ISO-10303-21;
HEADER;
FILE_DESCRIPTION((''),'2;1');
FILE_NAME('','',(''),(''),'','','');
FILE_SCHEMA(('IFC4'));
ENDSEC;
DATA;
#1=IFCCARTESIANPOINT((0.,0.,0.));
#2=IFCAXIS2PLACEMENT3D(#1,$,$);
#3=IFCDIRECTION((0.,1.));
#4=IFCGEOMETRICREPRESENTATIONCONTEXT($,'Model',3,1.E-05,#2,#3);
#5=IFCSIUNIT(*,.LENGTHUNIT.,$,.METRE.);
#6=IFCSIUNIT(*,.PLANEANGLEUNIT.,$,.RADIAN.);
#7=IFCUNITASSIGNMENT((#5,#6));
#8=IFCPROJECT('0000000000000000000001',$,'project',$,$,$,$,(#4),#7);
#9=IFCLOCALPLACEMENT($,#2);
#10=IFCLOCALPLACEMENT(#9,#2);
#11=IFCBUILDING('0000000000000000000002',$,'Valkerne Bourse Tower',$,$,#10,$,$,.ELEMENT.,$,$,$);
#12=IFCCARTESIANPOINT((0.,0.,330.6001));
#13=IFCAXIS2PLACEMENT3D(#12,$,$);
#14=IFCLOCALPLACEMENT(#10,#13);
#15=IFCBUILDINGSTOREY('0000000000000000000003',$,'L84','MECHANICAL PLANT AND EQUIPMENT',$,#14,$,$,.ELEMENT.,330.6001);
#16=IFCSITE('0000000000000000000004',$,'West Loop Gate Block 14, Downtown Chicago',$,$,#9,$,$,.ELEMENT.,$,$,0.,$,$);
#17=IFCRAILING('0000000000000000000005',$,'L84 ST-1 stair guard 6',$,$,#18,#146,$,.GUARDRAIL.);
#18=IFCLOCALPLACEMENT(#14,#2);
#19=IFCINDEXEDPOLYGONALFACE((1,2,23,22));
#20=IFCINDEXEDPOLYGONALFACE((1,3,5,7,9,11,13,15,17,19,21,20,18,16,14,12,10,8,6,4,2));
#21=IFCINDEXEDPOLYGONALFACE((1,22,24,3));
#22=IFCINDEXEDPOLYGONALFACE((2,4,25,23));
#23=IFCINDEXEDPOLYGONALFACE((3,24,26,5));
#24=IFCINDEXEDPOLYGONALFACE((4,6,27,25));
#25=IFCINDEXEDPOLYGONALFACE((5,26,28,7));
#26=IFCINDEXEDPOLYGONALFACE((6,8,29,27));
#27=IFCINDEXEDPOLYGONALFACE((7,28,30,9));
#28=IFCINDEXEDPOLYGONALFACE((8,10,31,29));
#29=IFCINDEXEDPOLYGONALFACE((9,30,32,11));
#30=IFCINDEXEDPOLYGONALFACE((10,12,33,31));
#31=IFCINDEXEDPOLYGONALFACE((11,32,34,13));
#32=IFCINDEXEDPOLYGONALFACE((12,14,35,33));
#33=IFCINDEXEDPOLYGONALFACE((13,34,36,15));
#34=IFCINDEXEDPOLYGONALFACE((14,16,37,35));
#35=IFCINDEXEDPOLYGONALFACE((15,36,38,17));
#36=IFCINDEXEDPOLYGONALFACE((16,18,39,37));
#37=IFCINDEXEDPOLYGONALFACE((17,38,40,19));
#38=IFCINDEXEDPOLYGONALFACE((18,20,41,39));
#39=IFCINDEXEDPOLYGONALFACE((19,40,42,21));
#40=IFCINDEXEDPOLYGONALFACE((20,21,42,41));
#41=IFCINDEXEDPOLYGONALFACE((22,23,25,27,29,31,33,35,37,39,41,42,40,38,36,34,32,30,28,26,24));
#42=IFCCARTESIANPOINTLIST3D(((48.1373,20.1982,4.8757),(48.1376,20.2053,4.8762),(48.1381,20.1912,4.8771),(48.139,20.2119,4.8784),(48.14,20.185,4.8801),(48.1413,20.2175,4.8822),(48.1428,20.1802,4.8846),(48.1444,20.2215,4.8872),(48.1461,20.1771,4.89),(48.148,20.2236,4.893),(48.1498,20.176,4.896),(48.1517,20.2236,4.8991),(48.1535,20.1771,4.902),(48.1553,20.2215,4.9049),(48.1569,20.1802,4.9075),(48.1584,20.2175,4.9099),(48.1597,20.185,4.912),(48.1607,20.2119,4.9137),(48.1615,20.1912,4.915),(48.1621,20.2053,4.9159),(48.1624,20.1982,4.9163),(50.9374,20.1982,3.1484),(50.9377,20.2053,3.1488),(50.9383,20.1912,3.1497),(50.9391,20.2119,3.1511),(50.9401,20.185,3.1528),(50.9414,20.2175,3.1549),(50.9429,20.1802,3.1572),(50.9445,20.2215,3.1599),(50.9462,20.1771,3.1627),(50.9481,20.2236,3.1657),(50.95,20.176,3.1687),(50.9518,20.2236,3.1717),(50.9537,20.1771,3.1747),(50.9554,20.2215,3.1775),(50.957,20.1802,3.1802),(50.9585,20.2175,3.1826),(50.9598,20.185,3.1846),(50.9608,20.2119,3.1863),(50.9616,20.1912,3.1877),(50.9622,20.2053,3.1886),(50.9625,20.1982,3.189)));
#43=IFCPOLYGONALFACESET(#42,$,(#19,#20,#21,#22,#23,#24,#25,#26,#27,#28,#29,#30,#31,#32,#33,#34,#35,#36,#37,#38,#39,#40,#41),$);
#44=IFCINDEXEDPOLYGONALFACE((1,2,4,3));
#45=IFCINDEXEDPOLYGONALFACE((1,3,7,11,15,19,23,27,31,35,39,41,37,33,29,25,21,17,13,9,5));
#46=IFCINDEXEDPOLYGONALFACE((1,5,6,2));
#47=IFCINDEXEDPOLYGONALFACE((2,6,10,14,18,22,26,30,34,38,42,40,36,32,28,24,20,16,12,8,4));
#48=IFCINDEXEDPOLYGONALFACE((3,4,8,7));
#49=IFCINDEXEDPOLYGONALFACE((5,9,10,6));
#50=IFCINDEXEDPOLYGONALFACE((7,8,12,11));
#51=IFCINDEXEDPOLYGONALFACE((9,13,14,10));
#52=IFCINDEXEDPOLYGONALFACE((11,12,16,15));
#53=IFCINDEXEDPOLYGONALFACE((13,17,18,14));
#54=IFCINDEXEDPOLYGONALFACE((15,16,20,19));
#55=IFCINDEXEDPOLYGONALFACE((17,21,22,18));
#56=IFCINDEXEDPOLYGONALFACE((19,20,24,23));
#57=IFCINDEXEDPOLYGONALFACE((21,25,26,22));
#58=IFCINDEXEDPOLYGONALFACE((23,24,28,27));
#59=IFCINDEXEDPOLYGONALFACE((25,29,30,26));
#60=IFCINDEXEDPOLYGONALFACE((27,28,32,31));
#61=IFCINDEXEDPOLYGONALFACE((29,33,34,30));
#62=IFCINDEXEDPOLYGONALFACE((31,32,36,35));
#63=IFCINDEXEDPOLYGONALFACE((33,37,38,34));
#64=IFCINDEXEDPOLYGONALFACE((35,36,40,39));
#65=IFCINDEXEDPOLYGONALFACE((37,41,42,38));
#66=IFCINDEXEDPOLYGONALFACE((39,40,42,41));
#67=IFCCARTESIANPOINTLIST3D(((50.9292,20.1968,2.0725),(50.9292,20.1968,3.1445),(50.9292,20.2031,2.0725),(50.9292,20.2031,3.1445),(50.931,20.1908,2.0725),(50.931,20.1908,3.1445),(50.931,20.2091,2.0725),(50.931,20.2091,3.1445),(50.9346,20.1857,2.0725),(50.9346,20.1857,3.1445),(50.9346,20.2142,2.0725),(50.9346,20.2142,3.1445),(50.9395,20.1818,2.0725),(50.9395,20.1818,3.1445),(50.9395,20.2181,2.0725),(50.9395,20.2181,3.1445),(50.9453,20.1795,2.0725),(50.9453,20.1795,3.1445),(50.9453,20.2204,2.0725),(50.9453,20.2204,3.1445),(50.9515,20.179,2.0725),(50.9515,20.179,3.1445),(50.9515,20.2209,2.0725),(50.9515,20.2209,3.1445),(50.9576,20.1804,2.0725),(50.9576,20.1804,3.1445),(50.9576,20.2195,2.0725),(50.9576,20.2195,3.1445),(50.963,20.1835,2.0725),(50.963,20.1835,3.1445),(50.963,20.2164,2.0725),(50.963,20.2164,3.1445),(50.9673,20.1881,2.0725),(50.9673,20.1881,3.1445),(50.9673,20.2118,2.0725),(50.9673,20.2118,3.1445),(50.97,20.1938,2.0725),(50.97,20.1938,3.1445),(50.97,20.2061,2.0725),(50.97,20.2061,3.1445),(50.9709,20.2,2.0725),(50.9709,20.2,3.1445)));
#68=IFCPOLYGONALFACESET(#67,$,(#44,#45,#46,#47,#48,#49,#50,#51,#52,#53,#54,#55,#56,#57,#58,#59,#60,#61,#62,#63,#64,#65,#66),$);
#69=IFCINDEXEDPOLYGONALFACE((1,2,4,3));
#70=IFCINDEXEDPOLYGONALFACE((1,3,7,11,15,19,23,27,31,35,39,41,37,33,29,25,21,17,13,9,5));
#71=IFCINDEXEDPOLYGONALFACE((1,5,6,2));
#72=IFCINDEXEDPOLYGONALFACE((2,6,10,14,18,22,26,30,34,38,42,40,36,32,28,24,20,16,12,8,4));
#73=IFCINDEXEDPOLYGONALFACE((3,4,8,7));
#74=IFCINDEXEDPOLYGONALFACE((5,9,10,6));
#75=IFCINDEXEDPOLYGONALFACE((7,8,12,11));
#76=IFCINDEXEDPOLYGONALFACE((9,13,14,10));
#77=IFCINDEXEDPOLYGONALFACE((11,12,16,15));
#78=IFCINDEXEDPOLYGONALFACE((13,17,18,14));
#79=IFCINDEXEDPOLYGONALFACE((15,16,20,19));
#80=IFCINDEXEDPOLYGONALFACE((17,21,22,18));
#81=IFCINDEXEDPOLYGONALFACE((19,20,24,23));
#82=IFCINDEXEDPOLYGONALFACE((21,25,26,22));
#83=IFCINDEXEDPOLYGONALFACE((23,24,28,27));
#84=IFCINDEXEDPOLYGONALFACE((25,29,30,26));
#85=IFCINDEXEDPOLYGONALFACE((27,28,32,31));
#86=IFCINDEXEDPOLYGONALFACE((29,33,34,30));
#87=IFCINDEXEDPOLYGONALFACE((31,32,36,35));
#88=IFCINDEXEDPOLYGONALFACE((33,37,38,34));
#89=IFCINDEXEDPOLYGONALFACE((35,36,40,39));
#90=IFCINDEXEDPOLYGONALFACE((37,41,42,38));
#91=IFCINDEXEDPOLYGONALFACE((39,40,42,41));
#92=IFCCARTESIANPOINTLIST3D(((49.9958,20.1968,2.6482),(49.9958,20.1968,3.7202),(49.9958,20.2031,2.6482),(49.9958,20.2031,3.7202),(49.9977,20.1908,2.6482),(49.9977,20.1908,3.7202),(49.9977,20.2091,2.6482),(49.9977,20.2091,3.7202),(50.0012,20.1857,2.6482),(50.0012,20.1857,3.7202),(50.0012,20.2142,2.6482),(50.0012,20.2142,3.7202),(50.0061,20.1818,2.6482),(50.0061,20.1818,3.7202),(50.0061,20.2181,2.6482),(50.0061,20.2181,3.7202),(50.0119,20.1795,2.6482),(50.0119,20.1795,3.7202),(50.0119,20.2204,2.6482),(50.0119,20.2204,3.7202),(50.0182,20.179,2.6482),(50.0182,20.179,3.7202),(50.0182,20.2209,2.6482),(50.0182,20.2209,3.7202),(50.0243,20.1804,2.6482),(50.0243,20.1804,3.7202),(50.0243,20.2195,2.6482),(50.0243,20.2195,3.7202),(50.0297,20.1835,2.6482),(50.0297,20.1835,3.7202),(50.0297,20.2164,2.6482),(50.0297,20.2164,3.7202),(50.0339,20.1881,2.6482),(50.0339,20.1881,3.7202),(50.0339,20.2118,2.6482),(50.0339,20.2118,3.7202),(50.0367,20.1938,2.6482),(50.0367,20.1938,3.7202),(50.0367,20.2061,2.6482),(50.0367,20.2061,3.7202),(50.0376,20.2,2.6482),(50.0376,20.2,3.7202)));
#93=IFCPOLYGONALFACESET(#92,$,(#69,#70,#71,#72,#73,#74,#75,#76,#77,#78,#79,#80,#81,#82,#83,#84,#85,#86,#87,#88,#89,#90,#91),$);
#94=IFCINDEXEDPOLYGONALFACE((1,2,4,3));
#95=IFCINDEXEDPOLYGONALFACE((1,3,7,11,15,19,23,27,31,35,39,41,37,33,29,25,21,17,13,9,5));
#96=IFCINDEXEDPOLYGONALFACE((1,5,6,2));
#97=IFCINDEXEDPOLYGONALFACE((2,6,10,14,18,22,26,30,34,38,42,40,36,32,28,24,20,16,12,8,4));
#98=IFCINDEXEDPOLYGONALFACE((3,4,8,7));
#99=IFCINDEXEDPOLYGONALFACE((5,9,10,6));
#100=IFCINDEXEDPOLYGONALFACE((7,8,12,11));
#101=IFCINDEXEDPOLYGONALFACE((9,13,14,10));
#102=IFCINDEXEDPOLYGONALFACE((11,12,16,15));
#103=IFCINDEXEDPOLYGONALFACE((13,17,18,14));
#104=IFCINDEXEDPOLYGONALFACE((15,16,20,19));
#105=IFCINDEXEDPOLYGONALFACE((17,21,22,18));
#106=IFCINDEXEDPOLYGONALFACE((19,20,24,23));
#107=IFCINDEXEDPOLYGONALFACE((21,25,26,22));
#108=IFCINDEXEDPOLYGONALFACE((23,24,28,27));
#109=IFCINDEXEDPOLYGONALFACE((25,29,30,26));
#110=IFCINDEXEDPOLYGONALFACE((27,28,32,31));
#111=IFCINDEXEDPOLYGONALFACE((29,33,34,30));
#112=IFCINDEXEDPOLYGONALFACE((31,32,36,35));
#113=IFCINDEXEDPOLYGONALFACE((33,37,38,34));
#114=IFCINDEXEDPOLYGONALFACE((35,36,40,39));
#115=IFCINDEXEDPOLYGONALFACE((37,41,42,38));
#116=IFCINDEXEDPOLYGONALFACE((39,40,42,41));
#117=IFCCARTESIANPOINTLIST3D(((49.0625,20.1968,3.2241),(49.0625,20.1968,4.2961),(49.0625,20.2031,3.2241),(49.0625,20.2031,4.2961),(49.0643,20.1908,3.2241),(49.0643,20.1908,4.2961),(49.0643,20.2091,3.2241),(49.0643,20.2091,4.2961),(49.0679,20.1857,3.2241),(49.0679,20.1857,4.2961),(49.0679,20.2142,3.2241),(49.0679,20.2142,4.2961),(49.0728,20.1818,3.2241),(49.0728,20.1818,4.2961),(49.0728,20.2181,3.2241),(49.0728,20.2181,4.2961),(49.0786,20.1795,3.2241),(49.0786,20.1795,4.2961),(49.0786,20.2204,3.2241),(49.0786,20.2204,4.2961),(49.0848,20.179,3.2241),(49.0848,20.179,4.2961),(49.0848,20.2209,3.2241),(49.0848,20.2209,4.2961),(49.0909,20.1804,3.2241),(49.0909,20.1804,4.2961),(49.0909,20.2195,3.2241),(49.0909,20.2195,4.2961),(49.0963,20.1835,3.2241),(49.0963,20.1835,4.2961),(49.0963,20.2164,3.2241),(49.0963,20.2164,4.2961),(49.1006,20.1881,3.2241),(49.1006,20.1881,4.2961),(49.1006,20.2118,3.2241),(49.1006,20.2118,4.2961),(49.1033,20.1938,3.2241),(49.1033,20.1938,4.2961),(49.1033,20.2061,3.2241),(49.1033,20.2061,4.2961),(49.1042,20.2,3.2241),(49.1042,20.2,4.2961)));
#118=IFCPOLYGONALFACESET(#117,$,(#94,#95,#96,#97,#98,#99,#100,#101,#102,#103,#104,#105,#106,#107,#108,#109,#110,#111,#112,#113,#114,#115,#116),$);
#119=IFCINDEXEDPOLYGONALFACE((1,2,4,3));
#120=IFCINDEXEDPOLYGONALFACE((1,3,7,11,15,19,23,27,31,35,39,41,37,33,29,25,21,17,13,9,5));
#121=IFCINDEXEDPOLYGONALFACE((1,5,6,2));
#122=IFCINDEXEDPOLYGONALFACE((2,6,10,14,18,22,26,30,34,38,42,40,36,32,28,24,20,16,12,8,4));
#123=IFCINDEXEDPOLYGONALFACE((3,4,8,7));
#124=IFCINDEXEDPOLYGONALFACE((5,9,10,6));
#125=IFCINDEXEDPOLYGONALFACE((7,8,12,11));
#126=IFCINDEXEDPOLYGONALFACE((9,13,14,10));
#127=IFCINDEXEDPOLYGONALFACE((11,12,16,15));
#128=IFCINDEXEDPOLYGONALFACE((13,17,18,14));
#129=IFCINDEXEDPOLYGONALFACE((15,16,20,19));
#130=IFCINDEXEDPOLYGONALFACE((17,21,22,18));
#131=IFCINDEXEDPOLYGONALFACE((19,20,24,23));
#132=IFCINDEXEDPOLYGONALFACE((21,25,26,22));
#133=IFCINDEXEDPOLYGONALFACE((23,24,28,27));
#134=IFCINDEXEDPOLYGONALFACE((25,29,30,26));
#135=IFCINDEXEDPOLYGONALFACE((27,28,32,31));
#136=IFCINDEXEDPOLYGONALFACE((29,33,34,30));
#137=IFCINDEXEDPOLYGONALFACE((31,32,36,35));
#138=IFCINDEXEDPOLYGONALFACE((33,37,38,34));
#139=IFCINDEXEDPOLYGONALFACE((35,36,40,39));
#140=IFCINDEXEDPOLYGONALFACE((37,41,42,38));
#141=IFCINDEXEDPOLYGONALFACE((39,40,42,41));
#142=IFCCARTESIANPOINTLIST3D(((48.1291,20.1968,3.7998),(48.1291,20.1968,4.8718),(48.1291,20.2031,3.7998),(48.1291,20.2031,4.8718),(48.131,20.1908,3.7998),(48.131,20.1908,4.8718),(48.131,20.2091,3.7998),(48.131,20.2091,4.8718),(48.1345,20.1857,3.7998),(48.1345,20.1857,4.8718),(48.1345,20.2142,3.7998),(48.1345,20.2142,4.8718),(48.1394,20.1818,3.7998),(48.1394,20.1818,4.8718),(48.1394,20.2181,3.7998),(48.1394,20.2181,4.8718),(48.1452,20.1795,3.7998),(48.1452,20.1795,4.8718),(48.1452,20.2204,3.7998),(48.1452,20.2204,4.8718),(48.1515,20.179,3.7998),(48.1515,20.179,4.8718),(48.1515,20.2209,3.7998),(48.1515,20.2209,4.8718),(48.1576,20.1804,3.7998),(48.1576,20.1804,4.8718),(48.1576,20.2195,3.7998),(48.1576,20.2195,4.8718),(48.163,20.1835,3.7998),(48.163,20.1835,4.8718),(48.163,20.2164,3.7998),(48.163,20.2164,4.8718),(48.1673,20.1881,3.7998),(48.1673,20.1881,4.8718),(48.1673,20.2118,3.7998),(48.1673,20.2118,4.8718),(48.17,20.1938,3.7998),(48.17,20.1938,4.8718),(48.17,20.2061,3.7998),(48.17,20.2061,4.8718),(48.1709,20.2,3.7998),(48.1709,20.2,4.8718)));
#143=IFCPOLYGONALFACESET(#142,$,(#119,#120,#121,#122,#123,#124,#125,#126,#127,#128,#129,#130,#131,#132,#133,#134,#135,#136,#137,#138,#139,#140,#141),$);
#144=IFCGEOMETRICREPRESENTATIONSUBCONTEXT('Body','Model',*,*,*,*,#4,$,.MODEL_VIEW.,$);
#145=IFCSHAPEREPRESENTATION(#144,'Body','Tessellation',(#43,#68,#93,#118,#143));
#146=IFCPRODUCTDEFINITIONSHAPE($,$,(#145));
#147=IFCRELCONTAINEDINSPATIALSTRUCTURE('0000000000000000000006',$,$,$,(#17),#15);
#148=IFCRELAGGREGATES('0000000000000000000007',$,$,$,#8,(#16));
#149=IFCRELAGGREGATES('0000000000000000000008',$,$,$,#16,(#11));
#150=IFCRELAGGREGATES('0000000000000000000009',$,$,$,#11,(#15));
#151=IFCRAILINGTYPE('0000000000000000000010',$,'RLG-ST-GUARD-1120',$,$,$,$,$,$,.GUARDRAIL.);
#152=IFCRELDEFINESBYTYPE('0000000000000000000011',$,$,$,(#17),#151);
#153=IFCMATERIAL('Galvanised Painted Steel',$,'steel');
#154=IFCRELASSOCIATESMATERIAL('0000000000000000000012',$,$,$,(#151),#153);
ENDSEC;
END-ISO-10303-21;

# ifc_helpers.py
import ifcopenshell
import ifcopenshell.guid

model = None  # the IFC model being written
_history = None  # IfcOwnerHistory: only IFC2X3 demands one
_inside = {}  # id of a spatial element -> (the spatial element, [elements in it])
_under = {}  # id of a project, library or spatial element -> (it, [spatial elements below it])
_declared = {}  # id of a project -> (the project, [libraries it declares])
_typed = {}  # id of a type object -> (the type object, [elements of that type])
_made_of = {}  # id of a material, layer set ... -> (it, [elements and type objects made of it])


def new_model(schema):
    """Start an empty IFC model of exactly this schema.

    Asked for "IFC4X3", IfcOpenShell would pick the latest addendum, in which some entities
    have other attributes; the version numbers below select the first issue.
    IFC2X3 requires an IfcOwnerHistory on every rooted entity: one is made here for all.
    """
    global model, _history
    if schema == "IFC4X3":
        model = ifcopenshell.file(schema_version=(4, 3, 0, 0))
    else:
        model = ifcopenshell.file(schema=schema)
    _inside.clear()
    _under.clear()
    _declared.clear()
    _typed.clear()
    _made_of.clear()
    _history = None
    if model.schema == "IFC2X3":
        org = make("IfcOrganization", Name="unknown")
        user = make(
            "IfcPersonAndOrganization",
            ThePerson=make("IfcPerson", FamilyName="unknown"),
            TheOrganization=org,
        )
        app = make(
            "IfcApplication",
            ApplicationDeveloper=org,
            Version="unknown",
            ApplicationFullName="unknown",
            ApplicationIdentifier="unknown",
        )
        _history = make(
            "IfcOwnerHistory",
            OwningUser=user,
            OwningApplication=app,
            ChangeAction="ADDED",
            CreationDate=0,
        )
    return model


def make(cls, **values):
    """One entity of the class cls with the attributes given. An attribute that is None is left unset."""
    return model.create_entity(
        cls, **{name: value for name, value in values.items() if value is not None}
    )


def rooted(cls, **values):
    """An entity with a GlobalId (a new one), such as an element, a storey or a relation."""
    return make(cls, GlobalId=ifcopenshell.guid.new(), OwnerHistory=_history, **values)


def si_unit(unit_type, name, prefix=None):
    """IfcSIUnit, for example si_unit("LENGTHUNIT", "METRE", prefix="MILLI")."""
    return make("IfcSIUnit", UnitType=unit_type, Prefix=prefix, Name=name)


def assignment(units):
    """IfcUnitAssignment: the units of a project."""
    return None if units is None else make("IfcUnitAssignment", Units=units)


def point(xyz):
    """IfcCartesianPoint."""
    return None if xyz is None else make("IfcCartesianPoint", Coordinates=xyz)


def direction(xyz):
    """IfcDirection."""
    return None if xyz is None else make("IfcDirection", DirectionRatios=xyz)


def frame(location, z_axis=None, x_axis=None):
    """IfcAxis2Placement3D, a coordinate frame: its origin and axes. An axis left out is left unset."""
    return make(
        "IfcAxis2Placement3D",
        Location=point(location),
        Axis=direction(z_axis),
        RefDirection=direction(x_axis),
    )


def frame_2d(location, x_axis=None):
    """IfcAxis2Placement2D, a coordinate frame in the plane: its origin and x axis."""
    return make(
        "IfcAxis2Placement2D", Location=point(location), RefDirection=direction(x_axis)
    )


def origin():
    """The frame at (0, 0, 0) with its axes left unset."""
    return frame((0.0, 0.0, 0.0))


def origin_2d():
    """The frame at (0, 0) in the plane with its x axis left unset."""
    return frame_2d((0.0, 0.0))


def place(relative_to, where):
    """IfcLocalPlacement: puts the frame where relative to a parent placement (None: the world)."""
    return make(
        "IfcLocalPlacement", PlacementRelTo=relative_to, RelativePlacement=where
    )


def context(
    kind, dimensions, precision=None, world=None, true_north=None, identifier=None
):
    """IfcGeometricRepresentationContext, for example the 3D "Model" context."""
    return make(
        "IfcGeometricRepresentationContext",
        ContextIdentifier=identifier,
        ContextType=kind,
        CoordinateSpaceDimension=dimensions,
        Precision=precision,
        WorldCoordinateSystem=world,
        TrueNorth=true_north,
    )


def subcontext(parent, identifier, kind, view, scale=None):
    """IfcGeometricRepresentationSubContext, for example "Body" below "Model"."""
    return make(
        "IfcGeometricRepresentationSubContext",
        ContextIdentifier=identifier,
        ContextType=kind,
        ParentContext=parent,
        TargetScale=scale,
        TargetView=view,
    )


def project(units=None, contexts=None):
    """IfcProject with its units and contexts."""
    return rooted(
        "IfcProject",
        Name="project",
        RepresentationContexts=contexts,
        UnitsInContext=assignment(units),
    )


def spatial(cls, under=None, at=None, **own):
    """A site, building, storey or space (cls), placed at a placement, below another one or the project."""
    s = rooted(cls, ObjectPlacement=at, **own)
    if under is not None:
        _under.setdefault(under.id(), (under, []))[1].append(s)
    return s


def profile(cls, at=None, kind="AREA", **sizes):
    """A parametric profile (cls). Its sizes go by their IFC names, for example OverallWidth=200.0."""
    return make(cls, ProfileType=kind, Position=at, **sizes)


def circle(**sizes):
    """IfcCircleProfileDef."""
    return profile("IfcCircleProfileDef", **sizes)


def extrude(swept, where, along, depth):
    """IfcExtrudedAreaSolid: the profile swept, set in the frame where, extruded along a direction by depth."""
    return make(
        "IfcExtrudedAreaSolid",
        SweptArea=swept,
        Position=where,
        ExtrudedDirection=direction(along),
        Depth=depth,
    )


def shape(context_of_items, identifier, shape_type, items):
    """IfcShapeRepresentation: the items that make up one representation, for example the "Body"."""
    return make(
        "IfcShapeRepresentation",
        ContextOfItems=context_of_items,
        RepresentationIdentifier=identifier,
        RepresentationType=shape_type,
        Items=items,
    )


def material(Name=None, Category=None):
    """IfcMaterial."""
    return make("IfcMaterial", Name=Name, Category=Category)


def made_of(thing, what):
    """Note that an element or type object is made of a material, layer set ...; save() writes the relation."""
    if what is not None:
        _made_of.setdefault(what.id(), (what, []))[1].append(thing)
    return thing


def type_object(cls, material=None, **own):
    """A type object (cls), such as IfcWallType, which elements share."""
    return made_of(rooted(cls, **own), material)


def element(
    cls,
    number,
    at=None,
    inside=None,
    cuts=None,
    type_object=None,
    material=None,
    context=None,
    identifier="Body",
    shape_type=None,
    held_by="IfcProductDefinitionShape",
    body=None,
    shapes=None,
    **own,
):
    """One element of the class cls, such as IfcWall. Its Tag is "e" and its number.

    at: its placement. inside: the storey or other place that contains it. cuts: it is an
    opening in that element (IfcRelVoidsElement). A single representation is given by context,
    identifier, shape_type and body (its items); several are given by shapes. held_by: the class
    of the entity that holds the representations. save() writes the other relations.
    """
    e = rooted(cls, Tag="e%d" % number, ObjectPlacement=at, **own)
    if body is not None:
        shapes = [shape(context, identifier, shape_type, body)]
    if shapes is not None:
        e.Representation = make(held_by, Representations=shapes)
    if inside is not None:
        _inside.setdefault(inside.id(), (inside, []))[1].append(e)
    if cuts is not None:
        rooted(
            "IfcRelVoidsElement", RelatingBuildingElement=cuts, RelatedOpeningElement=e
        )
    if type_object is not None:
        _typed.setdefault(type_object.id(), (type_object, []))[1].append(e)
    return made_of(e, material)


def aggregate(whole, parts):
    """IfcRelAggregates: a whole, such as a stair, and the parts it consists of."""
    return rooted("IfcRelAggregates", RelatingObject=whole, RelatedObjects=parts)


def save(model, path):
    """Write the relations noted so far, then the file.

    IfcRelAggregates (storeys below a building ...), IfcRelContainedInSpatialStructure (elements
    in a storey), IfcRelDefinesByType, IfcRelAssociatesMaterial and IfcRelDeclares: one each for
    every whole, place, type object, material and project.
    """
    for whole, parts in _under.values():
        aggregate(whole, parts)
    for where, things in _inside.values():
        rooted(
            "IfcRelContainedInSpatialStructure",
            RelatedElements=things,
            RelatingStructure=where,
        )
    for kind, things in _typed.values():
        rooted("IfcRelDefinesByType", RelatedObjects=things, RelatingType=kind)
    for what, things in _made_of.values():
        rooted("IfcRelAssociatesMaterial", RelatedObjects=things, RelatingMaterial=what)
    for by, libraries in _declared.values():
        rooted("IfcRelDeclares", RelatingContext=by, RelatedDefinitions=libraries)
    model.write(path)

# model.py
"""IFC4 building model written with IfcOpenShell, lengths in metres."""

from ifc_helpers import new_model, si_unit, direction, frame, origin, origin_2d, place, context, subcontext, project, spatial, circle, extrude, material, type_object, element, save


model = new_model("IFC4")

# Units and contexts
model_context = context("Model", 3, precision=1e-05, world=origin(), true_north=direction((0.0, 1.0)))
body_context = subcontext(model_context, "Body", "Model", "MODEL_VIEW")
ifc_project = project(units=[si_unit("LENGTHUNIT", "METRE"), si_unit("PLANEANGLEUNIT", "RADIAN")], contexts=[model_context])

# Site, building, storey
site_placement = place(None, origin())
site = spatial("IfcSite", under=ifc_project, at=site_placement, Name="West Loop Gate Block 14, Downtown Chicago", CompositionType="ELEMENT", RefElevation=0.0)
building_placement = place(site_placement, origin())
building = spatial("IfcBuilding", under=site, at=building_placement, Name="Valkerne Bourse Tower", CompositionType="ELEMENT")
storey_placement = place(building_placement, frame((0.0, 0.0, 330.6001)))
storey = spatial("IfcBuildingStorey", under=building, at=storey_placement, Name="L84", Description="MECHANICAL PLANT AND EQUIPMENT", CompositionType="ELEMENT", Elevation=330.6001)

# Shared definitions
ifc_material_1 = material(Name="Galvanised Painted Steel", Category="steel")

# Railing
railing_type_1 = type_object("IfcRailingType", Name="RLG-ST-GUARD-1120", PredefinedType="GUARDRAIL", material=ifc_material_1)
railing_1_placement = place(storey_placement, frame((50.95, 20.2, 2.0725)))
element("IfcRailing", 1, at=railing_1_placement, inside=storey, type_object=railing_type_1, Name="L84 ST-1 stair guard 6", PredefinedType="GUARDRAIL", context=body_context, shape_type="SweptSolid", body=[
    extrude(circle(Radius=0.0239, at=origin_2d()), frame((0.0, 0.0, 1.0962), z_axis=(-0.85109, 0.0, 0.52502), x_axis=(0.0, -1.0, 0.0)), (0.0, 0.0, 1.0), 3.29),
    extrude(circle(Radius=0.021, at=origin_2d()), origin(), (0.0, 0.0, 1.0), 1.072),
    extrude(circle(Radius=0.021, at=origin_2d()), frame((-0.9333, 0.0, 0.5757)), (0.0, 0.0, 1.0), 1.072),
    extrude(circle(Radius=0.021, at=origin_2d()), frame((-1.8667, 0.0, 1.1516)), (0.0, 0.0, 1.0), 1.072),
    extrude(circle(Radius=0.021, at=origin_2d()), frame((-2.8, 0.0, 1.7273)), (0.0, 0.0, 1.0), 1.072),
])

save(model, "model.ifc")
